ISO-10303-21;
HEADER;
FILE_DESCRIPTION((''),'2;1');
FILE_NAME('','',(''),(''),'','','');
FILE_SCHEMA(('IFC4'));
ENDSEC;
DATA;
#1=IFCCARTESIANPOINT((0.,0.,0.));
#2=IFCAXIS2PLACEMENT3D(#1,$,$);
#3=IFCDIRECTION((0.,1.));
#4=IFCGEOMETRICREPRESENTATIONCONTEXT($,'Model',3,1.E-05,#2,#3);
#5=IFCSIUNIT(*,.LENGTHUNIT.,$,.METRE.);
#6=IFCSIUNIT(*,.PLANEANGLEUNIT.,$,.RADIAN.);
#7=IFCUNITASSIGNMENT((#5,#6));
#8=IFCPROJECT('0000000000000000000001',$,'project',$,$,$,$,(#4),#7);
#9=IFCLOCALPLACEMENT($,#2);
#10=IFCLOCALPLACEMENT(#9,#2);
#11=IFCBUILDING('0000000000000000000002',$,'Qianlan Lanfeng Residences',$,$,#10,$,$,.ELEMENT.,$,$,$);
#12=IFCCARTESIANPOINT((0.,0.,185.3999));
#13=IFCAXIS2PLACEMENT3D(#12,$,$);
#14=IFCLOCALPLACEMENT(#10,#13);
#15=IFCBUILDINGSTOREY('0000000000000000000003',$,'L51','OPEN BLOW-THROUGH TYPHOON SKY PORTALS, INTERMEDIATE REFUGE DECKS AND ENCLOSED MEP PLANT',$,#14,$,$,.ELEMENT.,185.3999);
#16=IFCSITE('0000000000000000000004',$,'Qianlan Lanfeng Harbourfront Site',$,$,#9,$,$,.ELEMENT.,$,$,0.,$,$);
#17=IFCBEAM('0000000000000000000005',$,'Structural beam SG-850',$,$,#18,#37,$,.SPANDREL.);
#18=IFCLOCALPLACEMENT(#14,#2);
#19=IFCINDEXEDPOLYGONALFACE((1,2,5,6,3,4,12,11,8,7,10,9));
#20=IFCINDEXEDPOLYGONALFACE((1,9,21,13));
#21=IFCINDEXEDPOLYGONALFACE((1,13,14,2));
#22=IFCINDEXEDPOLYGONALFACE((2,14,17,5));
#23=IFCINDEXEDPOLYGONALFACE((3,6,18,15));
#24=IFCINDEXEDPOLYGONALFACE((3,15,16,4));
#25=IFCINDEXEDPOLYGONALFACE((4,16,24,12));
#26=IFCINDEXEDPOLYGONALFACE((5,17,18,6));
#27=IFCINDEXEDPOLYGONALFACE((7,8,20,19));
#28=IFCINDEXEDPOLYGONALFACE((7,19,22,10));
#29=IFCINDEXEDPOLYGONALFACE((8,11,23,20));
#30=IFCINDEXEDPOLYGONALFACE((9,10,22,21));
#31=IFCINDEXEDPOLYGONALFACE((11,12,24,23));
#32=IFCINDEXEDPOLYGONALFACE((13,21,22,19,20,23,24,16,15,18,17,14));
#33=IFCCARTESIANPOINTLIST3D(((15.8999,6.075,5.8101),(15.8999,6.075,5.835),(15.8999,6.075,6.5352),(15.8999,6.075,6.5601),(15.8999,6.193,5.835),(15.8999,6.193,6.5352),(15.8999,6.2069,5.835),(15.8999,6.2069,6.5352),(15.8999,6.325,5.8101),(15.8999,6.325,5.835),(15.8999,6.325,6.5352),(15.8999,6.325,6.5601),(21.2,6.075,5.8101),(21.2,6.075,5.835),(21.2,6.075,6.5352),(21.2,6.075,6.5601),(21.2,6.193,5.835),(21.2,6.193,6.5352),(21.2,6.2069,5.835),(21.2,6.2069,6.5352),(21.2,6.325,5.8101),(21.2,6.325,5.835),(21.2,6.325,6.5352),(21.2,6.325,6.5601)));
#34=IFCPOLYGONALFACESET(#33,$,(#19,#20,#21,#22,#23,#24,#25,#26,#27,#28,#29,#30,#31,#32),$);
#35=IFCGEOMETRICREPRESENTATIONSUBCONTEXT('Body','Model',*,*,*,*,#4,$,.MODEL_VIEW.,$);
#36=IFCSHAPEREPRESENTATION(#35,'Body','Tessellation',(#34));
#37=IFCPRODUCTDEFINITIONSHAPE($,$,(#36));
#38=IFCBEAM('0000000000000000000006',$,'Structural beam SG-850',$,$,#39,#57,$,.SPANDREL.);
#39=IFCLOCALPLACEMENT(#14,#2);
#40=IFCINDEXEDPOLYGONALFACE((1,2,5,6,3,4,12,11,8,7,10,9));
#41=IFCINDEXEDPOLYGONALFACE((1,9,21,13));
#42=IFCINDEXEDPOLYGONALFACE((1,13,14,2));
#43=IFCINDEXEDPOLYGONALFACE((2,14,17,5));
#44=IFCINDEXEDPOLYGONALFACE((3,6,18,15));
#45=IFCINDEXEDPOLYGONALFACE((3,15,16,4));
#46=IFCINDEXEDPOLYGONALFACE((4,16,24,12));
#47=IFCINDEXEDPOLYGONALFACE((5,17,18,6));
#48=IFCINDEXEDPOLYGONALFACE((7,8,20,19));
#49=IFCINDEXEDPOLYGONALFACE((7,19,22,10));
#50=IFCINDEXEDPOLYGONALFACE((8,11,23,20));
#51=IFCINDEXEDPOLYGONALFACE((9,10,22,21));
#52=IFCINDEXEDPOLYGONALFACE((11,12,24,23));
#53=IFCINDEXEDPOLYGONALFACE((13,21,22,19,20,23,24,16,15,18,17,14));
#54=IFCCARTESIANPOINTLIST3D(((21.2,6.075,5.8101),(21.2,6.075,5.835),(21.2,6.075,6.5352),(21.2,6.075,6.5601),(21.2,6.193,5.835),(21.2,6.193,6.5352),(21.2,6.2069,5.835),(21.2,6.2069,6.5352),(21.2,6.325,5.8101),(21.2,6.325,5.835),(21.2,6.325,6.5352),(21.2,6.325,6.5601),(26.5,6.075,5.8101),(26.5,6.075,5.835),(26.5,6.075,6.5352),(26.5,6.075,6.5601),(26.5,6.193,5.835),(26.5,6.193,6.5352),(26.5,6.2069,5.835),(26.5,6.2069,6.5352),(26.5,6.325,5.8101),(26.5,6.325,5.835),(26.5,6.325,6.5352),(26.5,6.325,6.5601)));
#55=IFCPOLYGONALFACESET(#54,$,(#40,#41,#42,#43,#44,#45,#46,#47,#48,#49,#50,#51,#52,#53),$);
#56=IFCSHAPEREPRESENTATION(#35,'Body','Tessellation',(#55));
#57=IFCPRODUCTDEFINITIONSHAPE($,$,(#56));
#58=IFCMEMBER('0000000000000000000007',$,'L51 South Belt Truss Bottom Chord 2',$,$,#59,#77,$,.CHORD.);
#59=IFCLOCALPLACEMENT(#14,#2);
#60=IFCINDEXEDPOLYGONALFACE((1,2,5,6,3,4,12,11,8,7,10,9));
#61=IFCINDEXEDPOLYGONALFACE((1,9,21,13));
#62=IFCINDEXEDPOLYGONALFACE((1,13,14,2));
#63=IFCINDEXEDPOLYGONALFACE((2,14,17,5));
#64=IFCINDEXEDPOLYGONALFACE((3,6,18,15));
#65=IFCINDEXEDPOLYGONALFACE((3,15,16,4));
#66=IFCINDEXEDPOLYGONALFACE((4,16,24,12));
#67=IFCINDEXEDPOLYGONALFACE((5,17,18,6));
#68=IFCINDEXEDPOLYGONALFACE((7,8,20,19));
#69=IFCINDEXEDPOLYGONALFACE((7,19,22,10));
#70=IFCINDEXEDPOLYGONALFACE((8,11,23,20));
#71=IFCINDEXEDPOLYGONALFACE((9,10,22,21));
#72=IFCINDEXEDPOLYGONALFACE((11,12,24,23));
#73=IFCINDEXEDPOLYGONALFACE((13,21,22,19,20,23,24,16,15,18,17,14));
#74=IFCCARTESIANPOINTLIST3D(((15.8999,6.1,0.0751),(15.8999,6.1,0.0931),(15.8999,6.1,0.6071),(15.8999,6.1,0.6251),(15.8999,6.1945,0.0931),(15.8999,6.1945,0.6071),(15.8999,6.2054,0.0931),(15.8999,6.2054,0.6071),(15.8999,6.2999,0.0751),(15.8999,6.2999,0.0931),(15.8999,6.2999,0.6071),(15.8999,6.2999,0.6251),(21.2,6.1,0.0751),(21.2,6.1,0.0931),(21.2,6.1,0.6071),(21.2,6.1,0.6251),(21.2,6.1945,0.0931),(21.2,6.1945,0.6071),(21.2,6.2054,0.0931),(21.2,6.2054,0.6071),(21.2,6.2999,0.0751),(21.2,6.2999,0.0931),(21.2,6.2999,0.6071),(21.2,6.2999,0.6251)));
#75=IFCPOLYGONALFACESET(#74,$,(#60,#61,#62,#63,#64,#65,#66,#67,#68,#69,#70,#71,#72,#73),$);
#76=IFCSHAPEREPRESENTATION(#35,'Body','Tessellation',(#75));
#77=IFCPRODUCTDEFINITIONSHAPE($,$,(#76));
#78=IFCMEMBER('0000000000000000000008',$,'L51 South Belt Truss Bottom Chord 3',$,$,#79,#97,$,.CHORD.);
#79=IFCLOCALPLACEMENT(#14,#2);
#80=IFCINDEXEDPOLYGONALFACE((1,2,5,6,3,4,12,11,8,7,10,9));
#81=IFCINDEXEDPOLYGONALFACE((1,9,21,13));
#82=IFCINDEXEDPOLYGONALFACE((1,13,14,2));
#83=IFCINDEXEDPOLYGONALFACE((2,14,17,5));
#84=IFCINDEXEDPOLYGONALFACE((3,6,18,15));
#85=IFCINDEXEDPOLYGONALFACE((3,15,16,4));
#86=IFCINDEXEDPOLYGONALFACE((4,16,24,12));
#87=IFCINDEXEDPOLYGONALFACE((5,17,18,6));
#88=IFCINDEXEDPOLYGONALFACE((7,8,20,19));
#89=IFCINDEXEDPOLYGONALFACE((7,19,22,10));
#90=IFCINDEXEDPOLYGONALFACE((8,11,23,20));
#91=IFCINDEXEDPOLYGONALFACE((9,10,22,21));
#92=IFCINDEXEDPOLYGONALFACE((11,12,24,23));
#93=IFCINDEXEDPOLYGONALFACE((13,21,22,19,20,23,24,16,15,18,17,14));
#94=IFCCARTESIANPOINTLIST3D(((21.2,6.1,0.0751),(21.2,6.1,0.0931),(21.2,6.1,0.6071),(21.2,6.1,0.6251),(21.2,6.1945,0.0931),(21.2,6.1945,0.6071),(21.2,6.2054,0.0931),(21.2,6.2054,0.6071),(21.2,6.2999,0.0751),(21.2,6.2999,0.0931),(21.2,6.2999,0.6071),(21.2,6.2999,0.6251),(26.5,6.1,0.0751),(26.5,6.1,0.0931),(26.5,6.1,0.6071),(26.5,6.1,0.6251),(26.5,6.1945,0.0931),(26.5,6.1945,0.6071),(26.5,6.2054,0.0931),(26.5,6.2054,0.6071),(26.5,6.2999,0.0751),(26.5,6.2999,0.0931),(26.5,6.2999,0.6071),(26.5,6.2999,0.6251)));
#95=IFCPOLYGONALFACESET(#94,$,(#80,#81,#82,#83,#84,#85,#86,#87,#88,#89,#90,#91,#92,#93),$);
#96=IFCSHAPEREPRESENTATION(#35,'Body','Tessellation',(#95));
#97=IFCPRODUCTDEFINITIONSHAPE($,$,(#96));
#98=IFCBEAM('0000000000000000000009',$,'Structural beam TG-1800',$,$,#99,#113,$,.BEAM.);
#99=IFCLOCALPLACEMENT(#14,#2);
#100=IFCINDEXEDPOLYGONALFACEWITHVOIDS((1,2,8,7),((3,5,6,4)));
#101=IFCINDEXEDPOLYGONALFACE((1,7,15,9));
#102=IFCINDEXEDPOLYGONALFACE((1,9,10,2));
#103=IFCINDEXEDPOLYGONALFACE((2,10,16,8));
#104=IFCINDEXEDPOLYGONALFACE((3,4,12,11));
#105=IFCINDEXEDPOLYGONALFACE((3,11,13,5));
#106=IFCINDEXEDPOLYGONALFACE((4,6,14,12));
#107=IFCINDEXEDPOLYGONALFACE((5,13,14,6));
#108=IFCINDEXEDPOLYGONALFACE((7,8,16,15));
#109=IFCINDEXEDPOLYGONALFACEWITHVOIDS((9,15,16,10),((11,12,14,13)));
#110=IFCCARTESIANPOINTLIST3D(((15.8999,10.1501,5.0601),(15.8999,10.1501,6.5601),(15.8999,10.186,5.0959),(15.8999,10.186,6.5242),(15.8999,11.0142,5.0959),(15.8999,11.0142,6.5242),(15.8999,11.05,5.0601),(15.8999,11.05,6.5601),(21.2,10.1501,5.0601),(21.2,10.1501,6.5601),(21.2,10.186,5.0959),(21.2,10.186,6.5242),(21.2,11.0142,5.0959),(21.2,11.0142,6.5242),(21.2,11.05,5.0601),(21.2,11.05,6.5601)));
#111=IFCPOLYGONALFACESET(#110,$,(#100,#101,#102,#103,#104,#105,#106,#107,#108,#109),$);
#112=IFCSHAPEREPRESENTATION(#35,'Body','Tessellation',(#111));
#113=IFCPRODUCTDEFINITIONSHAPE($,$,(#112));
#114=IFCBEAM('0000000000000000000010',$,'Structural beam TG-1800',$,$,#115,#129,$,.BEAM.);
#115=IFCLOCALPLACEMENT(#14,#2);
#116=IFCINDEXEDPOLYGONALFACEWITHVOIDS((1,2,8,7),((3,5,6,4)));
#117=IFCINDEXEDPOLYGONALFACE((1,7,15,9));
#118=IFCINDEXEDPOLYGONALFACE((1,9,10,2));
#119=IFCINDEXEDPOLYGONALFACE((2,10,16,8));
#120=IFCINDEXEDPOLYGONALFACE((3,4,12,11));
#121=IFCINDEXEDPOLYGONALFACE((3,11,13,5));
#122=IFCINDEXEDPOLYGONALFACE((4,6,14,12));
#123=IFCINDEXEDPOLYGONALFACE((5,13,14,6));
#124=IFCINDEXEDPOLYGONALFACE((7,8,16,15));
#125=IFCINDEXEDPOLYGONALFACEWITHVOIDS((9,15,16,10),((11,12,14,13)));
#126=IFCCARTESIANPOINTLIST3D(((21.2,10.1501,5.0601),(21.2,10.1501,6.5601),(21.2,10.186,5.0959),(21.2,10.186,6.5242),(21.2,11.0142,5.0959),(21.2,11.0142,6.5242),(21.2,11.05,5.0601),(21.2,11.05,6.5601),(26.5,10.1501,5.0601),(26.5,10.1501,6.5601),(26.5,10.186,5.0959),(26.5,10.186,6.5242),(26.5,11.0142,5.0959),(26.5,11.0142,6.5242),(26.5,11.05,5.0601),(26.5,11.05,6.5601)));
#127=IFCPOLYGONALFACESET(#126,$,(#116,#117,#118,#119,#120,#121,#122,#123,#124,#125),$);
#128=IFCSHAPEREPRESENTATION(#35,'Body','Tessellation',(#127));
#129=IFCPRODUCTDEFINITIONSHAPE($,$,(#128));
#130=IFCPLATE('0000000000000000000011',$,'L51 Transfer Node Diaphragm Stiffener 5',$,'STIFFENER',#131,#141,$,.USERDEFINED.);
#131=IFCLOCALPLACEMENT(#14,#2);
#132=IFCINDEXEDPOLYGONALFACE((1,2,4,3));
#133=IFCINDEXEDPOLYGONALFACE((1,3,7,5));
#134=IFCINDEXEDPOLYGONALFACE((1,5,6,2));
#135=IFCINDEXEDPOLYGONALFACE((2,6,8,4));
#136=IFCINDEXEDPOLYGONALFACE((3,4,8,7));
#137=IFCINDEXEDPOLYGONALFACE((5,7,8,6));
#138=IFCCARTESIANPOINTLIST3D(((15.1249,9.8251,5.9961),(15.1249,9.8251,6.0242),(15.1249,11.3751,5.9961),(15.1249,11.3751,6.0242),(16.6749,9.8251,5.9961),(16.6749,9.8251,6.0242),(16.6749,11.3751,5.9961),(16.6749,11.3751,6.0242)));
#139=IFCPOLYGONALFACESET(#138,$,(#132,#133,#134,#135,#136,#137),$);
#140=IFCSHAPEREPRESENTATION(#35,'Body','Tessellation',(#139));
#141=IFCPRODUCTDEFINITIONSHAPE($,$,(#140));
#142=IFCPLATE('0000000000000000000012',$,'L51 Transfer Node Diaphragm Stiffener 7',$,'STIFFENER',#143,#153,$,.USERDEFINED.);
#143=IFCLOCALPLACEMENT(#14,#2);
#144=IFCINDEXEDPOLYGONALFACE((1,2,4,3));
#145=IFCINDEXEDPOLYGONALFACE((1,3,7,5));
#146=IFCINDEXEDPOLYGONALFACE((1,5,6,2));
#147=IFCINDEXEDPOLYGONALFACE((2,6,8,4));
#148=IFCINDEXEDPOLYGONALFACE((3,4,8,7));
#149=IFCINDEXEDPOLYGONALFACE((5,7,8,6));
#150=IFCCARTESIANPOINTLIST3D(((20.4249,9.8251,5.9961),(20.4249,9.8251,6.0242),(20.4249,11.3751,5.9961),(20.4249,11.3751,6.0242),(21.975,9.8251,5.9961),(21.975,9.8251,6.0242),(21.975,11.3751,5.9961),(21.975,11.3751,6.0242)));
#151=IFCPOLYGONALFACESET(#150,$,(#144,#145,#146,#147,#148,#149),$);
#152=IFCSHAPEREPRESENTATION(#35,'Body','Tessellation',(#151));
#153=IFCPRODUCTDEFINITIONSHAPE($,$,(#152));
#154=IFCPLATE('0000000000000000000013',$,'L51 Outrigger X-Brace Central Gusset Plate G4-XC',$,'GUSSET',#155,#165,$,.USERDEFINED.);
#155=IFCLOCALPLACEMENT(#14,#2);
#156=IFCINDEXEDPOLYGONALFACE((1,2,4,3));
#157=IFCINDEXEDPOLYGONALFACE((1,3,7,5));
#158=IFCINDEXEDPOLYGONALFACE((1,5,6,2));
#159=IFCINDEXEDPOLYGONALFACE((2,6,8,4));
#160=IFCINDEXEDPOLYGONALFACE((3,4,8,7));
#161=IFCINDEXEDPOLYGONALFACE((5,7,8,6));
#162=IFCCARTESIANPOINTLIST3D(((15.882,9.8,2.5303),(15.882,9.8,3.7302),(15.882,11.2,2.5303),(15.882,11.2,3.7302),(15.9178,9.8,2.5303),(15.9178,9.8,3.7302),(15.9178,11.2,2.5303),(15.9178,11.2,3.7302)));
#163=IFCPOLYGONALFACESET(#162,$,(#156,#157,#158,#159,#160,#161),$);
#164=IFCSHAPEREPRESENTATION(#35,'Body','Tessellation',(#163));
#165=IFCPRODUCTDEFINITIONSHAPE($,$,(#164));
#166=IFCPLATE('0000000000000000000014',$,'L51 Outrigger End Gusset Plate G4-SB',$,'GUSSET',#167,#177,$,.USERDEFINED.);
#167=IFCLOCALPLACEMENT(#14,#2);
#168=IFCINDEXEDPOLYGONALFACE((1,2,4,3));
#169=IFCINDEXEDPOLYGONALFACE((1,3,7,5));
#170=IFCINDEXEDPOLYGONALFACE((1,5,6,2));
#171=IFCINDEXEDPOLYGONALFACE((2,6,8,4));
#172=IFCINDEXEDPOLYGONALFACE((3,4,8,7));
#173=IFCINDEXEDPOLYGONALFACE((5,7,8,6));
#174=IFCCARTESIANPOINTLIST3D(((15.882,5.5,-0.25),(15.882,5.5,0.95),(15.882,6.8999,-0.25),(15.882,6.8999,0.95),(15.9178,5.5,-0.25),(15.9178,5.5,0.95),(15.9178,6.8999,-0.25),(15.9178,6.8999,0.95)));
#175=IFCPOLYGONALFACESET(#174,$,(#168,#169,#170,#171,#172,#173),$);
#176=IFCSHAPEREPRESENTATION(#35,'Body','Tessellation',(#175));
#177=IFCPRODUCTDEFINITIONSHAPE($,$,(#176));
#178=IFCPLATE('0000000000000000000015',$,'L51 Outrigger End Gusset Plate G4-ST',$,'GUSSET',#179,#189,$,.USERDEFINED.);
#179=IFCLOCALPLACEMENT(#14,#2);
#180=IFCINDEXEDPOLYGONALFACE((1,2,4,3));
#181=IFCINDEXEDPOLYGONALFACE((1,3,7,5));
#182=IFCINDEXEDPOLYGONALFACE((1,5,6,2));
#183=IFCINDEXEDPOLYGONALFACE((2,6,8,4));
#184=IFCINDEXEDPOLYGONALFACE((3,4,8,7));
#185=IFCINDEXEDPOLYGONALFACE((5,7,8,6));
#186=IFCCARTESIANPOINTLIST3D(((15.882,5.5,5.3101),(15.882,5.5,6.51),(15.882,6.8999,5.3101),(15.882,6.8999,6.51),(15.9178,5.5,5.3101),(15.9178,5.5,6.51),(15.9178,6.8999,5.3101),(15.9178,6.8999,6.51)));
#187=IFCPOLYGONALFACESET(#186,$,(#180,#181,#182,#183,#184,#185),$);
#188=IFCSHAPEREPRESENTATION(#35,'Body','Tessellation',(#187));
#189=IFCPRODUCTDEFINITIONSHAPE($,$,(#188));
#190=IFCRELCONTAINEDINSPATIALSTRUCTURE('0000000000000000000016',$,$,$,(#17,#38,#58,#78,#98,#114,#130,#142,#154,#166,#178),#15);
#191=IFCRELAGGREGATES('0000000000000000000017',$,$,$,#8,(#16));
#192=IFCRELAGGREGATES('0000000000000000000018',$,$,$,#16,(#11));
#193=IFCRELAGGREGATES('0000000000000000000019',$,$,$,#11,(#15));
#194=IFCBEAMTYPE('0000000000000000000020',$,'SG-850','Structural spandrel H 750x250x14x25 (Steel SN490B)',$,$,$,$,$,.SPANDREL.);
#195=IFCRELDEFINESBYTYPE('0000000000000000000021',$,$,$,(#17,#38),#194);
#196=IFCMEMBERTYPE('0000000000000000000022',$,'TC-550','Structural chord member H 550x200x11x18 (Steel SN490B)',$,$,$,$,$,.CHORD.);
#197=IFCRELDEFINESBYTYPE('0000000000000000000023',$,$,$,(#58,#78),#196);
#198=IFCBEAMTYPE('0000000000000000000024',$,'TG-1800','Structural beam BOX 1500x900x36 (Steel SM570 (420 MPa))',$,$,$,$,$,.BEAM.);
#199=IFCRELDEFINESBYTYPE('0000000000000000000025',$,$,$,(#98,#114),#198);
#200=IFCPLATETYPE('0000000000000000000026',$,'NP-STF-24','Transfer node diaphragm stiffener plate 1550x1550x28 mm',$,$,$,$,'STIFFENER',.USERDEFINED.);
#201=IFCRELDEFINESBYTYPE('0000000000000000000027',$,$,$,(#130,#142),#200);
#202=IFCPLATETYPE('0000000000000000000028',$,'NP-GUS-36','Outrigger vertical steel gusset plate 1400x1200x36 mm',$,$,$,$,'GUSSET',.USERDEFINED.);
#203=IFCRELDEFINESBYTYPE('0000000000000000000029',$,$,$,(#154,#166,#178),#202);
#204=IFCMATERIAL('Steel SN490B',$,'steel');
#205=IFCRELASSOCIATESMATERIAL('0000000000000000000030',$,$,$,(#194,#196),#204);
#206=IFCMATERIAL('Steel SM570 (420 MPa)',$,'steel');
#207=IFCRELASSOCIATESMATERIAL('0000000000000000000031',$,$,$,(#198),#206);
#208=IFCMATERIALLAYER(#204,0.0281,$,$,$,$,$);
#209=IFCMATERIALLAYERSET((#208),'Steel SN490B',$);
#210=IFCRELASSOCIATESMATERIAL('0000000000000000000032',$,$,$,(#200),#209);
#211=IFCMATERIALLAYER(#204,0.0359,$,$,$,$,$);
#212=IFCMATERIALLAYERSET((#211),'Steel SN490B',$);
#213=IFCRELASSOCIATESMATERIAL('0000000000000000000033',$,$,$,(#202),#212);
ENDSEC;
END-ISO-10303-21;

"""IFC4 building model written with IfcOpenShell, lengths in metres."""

from ifc_helpers import new_model, si_unit, direction, frame, origin, origin_2d, place, context, subcontext, project, spatial, rectangle, hollow_rectangle, i_section, extrude, source, transform, mapped, material, layer, layer_set, material_profile, profile_set, type_object, element, save


model = new_model("IFC4")

# Units and contexts
model_context = context("Model", 3, precision=1e-05, world=origin(), true_north=direction((0.0, 1.0)))
body_context = subcontext(model_context, "Body", "Model", "MODEL_VIEW")
ifc_project = project(units=[si_unit("LENGTHUNIT", "METRE"), si_unit("PLANEANGLEUNIT", "RADIAN")], contexts=[model_context])

# Site, building, storey
site_placement = place(None, origin())
site = spatial("IfcSite", under=ifc_project, at=site_placement, Name="Qianlan Lanfeng Harbourfront Site", CompositionType="ELEMENT", RefElevation=0.0)
building_placement = place(site_placement, origin())
building = spatial("IfcBuilding", under=site, at=building_placement, Name="Qianlan Lanfeng Residences", CompositionType="ELEMENT")
storey_placement = place(building_placement, frame((0.0, 0.0, 185.3999)))
storey = spatial("IfcBuildingStorey", under=building, at=storey_placement, Name="L51", Description="OPEN BLOW-THROUGH TYPHOON SKY PORTALS, INTERMEDIATE REFUGE DECKS AND ENCLOSED MEP PLANT", CompositionType="ELEMENT", Elevation=185.3999)

# Shared definitions
ifc_material_1 = material(Name="Steel SN490B", Category="steel")

# Beams
ifc_material_profile_1 = material_profile(ifc_material_1, i_section(OverallWidth=0.25, OverallDepth=0.75, WebThickness=0.0139, FlangeThickness=0.0249, at=origin_2d()), Name="H 750x250x14x25")
ifc_profile_set_1 = profile_set([ifc_material_profile_1], Name="Steel SN490B")
beam_type_1 = type_object("IfcBeamType", Name="SG-850", Description="Structural spandrel H 750x250x14x25 (Steel SN490B)", PredefinedType="SPANDREL", material=ifc_profile_set_1)
for number, where, z_axis, x_axis, name in (
    (1, (15.8999, 6.2, 6.1851), (1.0, 0.0, 0.0), (0.0, 1.0, 0.0), "Structural beam SG-850"),
    (2, (21.2, 6.2, 6.1851), (1.0, 0.0, 0.0), (0.0, 1.0, 0.0), "Structural beam SG-850"),
):
    element("IfcBeam", number, at=place(storey_placement, frame(where, z_axis=z_axis, x_axis=x_axis)), inside=storey, type_object=beam_type_1, Name=name, PredefinedType="SPANDREL", context=body_context, shape_type="SweptSolid", body=[
        extrude(i_section(OverallWidth=0.25, OverallDepth=0.75, WebThickness=0.0139, FlangeThickness=0.0249, at=origin_2d()), origin(), (0.0, 0.0, 1.0), 5.3),
    ])

# Members
ifc_material_profile_2 = material_profile(ifc_material_1, i_section(OverallWidth=0.2, OverallDepth=0.55, WebThickness=0.011, FlangeThickness=0.0181, at=origin_2d()), Name="H 550x200x11x18")
ifc_profile_set_2 = profile_set([ifc_material_profile_2], Name="Steel SN490B")
member_type_1 = type_object("IfcMemberType", Name="TC-550", Description="Structural chord member H 550x200x11x18 (Steel SN490B)", PredefinedType="CHORD", material=ifc_profile_set_2)
for number, where, z_axis, x_axis, name in (
    (3, (15.8999, 6.2, 0.3501), (1.0, 0.0, 0.0), (0.0, 1.0, 0.0), "L51 South Belt Truss Bottom Chord 2"),
    (4, (21.2, 6.2, 0.3501), (1.0, 0.0, 0.0), (0.0, 1.0, 0.0), "L51 South Belt Truss Bottom Chord 3"),
):
    element("IfcMember", number, at=place(storey_placement, frame(where, z_axis=z_axis, x_axis=x_axis)), inside=storey, type_object=member_type_1, Name=name, PredefinedType="CHORD", context=body_context, shape_type="SweptSolid", body=[
        extrude(i_section(OverallWidth=0.2, OverallDepth=0.55, WebThickness=0.011, FlangeThickness=0.0181, at=origin_2d()), origin(), (0.0, 0.0, 1.0), 5.3),
    ])

# Beams
ifc_material_2 = material(Name="Steel SM570 (420 MPa)", Category="steel")
ifc_material_profile_3 = material_profile(ifc_material_2, hollow_rectangle(XDim=0.8999, YDim=1.5, WallThickness=0.0359, at=origin_2d()), Name="BOX 1500x900x36")
ifc_profile_set_3 = profile_set([ifc_material_profile_3], Name="Steel SM570 (420 MPa)")
beam_type_2 = type_object("IfcBeamType", Name="TG-1800", Description="Structural beam BOX 1500x900x36 (Steel SM570 (420 MPa))", PredefinedType="BEAM", material=ifc_profile_set_3)
for number, where, z_axis, x_axis, name in (
    (5, (15.8999, 10.6001, 5.8101), (1.0, 0.0, 0.0), (0.0, 1.0, 0.0), "Structural beam TG-1800"),
    (6, (21.2, 10.6001, 5.8101), (1.0, 0.0, 0.0), (0.0, 1.0, 0.0), "Structural beam TG-1800"),
):
    element("IfcBeam", number, at=place(storey_placement, frame(where, z_axis=z_axis, x_axis=x_axis)), inside=storey, type_object=beam_type_2, Name=name, PredefinedType="BEAM", context=body_context, shape_type="SweptSolid", body=[
        extrude(hollow_rectangle(XDim=0.8999, YDim=1.5, WallThickness=0.0359, at=origin_2d()), origin(), (0.0, 0.0, 1.0), 5.3),
    ])

# Plates
ifc_layer_1 = layer(ifc_material_1, 0.0281)
ifc_layer_set_1 = layer_set([ifc_layer_1], Name="Steel SN490B")
plate_type_1 = type_object("IfcPlateType", Name="NP-STF-24", Description="Transfer node diaphragm stiffener plate 1550x1550x28 mm", ElementType="STIFFENER", PredefinedType="USERDEFINED", material=ifc_layer_set_1)
shared_shape_1 = source(origin(), body_context, "Body", "SweptSolid", [
    extrude(rectangle(XDim=1.55, YDim=1.55, at=origin_2d()), origin(), (0.0, 0.0, 1.0), 0.0281),
])
for number, where, z_axis, x_axis, name in (
    (7, (15.8999, 10.6001, 5.9961), (0.0, 0.0, 1.0), (1.0, 0.0, 0.0), "L51 Transfer Node Diaphragm Stiffener 5"),
    (8, (21.2, 10.6001, 5.9961), (0.0, 0.0, 1.0), (1.0, 0.0, 0.0), "L51 Transfer Node Diaphragm Stiffener 7"),
):
    element("IfcPlate", number, at=place(storey_placement, frame(where, z_axis=z_axis, x_axis=x_axis)), inside=storey, type_object=plate_type_1, Name=name, ObjectType="STIFFENER", PredefinedType="USERDEFINED", context=body_context, shape_type="MappedRepresentation", body=[
        mapped(shared_shape_1, transform((0.0, 0.0, 0.0), scale=1.0)),
    ])
ifc_layer_2 = layer(ifc_material_1, 0.0359)
ifc_layer_set_2 = layer_set([ifc_layer_2], Name="Steel SN490B")
plate_type_2 = type_object("IfcPlateType", Name="NP-GUS-36", Description="Outrigger vertical steel gusset plate 1400x1200x36 mm", ElementType="GUSSET", PredefinedType="USERDEFINED", material=ifc_layer_set_2)
shared_shape_2 = source(origin(), body_context, "Body", "SweptSolid", [
    extrude(rectangle(XDim=0.0359, YDim=1.3999, at=origin_2d()), origin(), (0.0, 0.0, 1.0), 1.2),
])
for number, where, z_axis, x_axis, name in (
    (9, (15.8999, 10.5, 2.5303), (0.0, 0.0, 1.0), (1.0, 0.0, 0.0), "L51 Outrigger X-Brace Central Gusset Plate G4-XC"),
    (10, (15.8999, 6.2, -0.25), (0.0, 0.0, 1.0), (1.0, 0.0, 0.0), "L51 Outrigger End Gusset Plate G4-SB"),
    (11, (15.8999, 6.2, 5.3101), (0.0, 0.0, 1.0), (1.0, 0.0, 0.0), "L51 Outrigger End Gusset Plate G4-ST"),
):
    element("IfcPlate", number, at=place(storey_placement, frame(where, z_axis=z_axis, x_axis=x_axis)), inside=storey, type_object=plate_type_2, Name=name, ObjectType="GUSSET", PredefinedType="USERDEFINED", context=body_context, shape_type="MappedRepresentation", body=[
        mapped(shared_shape_2, transform((0.0, 0.0, 0.0), scale=1.0)),
    ])

save(model, "model.ifc")
